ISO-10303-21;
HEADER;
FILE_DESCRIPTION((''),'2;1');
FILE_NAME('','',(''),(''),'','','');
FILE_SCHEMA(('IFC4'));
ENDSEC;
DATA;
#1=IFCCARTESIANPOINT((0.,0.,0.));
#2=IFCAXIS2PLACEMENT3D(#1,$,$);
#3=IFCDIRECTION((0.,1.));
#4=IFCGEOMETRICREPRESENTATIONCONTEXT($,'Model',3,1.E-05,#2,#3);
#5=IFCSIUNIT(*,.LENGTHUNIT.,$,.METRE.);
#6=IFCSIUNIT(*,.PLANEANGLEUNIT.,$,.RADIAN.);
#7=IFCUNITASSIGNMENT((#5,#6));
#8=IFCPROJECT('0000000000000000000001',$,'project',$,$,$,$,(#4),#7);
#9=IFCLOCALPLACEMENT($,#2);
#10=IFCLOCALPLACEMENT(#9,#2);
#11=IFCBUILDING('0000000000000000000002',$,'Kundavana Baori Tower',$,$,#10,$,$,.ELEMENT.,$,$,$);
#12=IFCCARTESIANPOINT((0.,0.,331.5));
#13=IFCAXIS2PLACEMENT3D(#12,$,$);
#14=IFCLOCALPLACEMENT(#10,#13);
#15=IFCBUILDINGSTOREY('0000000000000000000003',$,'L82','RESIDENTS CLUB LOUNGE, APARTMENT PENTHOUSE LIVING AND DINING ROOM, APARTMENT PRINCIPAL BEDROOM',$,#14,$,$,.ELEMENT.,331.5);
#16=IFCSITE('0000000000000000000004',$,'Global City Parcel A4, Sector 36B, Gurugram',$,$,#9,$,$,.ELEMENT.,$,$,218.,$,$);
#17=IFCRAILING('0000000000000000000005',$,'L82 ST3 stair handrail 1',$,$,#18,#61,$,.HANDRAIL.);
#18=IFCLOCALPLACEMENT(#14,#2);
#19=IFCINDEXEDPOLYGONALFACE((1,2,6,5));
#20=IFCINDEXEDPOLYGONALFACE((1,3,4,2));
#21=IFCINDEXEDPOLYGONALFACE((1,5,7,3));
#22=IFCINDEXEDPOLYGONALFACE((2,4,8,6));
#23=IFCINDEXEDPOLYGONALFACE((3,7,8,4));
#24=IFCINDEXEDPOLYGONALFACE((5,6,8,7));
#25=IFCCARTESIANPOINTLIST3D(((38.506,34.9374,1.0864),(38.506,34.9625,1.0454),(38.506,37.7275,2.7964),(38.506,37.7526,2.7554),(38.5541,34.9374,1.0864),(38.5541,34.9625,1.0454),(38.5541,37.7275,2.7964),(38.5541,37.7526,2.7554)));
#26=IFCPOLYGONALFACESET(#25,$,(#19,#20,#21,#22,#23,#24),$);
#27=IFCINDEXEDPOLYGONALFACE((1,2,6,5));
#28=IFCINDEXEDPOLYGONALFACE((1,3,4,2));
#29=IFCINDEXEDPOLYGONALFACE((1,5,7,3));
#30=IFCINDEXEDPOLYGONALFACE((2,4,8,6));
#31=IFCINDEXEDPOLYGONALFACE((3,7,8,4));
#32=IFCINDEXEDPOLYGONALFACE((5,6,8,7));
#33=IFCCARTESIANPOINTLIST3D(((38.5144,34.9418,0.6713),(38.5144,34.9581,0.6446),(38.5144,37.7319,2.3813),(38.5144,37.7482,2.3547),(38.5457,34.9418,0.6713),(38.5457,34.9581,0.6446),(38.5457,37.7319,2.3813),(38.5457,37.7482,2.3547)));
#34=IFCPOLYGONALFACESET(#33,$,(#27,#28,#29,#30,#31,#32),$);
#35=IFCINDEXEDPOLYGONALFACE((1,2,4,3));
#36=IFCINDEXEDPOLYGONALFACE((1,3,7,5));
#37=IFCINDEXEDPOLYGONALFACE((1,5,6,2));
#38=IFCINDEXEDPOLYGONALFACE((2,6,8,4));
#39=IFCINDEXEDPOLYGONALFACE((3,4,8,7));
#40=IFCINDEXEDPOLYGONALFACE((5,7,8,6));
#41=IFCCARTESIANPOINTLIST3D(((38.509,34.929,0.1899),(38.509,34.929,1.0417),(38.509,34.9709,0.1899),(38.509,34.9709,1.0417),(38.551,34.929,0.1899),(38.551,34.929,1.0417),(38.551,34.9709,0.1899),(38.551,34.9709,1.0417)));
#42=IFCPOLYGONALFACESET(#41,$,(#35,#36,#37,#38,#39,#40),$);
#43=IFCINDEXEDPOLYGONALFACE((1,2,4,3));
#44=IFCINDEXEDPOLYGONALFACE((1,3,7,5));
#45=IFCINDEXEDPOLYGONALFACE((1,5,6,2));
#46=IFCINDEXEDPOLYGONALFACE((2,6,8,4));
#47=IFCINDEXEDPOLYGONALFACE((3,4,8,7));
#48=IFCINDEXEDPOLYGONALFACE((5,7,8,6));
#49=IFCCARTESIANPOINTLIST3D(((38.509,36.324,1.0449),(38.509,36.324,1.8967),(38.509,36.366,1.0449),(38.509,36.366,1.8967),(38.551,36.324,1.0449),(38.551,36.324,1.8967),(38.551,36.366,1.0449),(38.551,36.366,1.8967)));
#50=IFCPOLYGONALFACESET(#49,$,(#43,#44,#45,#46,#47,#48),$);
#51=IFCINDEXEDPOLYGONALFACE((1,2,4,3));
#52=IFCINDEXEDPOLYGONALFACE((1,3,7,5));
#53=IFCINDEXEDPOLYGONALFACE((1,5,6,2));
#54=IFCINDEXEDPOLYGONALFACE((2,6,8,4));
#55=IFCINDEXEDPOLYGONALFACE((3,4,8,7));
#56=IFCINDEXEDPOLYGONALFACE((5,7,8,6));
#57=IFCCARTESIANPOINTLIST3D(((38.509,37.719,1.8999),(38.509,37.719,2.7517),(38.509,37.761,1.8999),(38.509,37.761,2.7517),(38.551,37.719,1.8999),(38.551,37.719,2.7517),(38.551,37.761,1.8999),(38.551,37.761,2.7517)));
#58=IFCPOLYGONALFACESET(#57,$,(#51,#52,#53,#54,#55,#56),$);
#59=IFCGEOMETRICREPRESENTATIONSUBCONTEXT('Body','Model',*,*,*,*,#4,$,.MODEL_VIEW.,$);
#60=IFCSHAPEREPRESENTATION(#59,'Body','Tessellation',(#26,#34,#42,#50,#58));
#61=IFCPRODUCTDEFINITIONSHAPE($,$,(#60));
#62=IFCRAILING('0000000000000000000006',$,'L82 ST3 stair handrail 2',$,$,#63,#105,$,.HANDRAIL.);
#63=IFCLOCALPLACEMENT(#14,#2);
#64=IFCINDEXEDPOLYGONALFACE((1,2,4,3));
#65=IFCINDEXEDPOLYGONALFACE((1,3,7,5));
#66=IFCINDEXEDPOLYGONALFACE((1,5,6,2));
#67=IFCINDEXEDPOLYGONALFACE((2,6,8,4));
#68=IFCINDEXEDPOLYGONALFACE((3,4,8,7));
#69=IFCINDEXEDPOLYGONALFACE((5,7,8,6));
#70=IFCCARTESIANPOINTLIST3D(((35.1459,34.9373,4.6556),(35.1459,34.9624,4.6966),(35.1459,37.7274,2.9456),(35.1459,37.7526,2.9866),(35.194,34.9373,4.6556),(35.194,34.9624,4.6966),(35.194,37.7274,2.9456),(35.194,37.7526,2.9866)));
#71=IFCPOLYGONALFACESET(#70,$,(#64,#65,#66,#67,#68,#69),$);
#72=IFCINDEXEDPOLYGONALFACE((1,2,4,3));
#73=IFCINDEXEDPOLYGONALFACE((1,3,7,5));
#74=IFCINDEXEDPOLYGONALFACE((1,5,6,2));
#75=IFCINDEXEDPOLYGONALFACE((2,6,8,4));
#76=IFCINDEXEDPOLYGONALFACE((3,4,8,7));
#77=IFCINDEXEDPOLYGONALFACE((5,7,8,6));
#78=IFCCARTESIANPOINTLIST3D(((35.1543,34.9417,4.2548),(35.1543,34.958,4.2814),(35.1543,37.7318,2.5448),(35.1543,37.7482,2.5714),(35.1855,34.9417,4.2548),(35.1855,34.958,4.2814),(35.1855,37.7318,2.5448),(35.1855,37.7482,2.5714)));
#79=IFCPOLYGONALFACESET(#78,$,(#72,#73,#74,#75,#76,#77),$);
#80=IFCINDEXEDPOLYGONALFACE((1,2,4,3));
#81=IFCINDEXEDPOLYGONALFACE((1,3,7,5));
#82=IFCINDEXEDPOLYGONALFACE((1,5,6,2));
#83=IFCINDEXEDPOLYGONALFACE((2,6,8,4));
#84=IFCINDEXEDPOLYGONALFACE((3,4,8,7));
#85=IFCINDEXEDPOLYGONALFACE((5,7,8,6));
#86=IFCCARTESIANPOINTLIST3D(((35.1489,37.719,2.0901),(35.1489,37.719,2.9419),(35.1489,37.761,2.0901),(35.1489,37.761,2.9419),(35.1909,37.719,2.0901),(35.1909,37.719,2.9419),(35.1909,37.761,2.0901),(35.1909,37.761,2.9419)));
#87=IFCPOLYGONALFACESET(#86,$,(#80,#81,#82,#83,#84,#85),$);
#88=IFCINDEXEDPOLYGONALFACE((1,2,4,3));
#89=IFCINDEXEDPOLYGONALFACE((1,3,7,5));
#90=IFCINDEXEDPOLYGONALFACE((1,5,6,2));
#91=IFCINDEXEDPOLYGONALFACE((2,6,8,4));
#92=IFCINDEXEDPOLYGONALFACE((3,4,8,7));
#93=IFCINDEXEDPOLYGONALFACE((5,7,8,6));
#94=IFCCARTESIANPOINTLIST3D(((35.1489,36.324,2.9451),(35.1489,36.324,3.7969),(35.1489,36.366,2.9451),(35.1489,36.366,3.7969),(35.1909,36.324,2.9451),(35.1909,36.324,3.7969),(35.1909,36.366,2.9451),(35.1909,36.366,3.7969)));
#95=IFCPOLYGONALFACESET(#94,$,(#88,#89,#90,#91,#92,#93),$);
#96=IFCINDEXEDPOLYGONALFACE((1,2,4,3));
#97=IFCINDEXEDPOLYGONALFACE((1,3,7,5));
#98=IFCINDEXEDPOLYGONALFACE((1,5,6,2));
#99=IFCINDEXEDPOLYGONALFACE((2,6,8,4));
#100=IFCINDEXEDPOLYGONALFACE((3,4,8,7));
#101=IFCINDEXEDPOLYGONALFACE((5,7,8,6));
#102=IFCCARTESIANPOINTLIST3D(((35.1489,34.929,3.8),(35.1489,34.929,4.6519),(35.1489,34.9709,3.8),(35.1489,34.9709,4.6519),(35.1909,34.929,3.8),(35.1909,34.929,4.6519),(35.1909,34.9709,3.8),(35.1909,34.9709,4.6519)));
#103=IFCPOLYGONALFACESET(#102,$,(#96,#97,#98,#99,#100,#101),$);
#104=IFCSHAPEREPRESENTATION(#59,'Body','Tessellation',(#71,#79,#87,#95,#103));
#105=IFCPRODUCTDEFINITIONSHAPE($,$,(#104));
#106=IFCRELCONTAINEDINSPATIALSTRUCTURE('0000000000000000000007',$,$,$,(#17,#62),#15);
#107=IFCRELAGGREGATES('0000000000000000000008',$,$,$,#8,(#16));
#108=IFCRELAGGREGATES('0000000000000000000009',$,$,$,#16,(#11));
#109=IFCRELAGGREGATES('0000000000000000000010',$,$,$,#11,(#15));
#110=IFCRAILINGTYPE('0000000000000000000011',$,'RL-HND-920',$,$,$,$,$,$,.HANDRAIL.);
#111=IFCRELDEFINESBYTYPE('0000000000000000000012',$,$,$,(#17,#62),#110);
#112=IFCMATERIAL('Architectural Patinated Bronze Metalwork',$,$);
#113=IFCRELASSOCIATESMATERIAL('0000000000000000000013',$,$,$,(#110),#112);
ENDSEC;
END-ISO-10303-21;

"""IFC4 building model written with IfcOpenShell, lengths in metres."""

from ifc_helpers import new_model, si_unit, direction, frame, origin, origin_2d, place, context, subcontext, project, spatial, rectangle, extrude, material, type_object, element, save


model = new_model("IFC4")

# Units and contexts
model_context = context("Model", 3, precision=1e-05, world=origin(), true_north=direction((0.0, 1.0)))
body_context = subcontext(model_context, "Body", "Model", "MODEL_VIEW")
ifc_project = project(units=[si_unit("LENGTHUNIT", "METRE"), si_unit("PLANEANGLEUNIT", "RADIAN")], contexts=[model_context])

# Site, building, storey
site_placement = place(None, origin())
site = spatial("IfcSite", under=ifc_project, at=site_placement, Name="Global City Parcel A4, Sector 36B, Gurugram", CompositionType="ELEMENT", RefElevation=218.0)
building_placement = place(site_placement, origin())
building = spatial("IfcBuilding", under=site, at=building_placement, Name="Kundavana Baori Tower", CompositionType="ELEMENT")
storey_placement = place(building_placement, frame((0.0, 0.0, 331.5)))
storey = spatial("IfcBuildingStorey", under=building, at=storey_placement, Name="L82", Description="RESIDENTS CLUB LOUNGE, APARTMENT PENTHOUSE LIVING AND DINING ROOM, APARTMENT PRINCIPAL BEDROOM", CompositionType="ELEMENT", Elevation=331.5)

# Railings
ifc_material_1 = material(Name="Architectural Patinated Bronze Metalwork")
railing_type_1 = type_object("IfcRailingType", Name="RL-HND-920", PredefinedType="HANDRAIL", material=ifc_material_1)
railing_1_placement = place(storey_placement, frame((38.53, 34.95, 0.1899)))
element("IfcRailing", 1, at=railing_1_placement, inside=storey, type_object=railing_type_1, Name="L82 ST3 stair handrail 1", PredefinedType="HANDRAIL", context=body_context, shape_type="SweptSolid", body=[
    extrude(rectangle(XDim=0.0481, YDim=0.0481, at=origin_2d()), frame((0.0, 0.0, 0.876), z_axis=(0.0, 0.85261, 0.522548), x_axis=(-1.0, 0.0, 0.0)), (0.0, 0.0, 1.0), 3.2725),
    extrude(rectangle(XDim=0.0312, YDim=0.0312, at=origin_2d()), frame((0.0, 0.0, 0.468), z_axis=(0.0, 0.85261, 0.522548), x_axis=(-1.0, 0.0, 0.0)), (0.0, 0.0, 1.0), 3.2725),
    extrude(rectangle(XDim=0.042, YDim=0.042, at=origin_2d()), origin(), (0.0, 0.0, 1.0), 0.8518),
    extrude(rectangle(XDim=0.042, YDim=0.042, at=origin_2d()), frame((0.0, 1.395, 0.855)), (0.0, 0.0, 1.0), 0.8518),
    extrude(rectangle(XDim=0.042, YDim=0.042, at=origin_2d()), frame((0.0, 2.79, 1.71)), (0.0, 0.0, 1.0), 0.8518),
])
railing_2_placement = place(storey_placement, frame((35.1699, 37.74, 2.0901)))
element("IfcRailing", 2, at=railing_2_placement, inside=storey, type_object=railing_type_1, Name="L82 ST3 stair handrail 2", PredefinedType="HANDRAIL", context=body_context, shape_type="SweptSolid", body=[
    extrude(rectangle(XDim=0.0481, YDim=0.0481, at=origin_2d()), frame((0.0, 0.0, 0.876), z_axis=(0.0, -0.85261, 0.522548), x_axis=(1.0, 0.0, 0.0)), (0.0, 0.0, 1.0), 3.2725),
    extrude(rectangle(XDim=0.0312, YDim=0.0312, at=origin_2d()), frame((0.0, 0.0, 0.468), z_axis=(0.0, -0.85261, 0.522548), x_axis=(1.0, 0.0, 0.0)), (0.0, 0.0, 1.0), 3.2725),
    extrude(rectangle(XDim=0.042, YDim=0.042, at=origin_2d()), origin(), (0.0, 0.0, 1.0), 0.8518),
    extrude(rectangle(XDim=0.042, YDim=0.042, at=origin_2d()), frame((0.0, -1.395, 0.855)), (0.0, 0.0, 1.0), 0.8518),
    extrude(rectangle(XDim=0.042, YDim=0.042, at=origin_2d()), frame((0.0, -2.79, 1.71)), (0.0, 0.0, 1.0), 0.8518),
])

save(model, "model.ifc")
